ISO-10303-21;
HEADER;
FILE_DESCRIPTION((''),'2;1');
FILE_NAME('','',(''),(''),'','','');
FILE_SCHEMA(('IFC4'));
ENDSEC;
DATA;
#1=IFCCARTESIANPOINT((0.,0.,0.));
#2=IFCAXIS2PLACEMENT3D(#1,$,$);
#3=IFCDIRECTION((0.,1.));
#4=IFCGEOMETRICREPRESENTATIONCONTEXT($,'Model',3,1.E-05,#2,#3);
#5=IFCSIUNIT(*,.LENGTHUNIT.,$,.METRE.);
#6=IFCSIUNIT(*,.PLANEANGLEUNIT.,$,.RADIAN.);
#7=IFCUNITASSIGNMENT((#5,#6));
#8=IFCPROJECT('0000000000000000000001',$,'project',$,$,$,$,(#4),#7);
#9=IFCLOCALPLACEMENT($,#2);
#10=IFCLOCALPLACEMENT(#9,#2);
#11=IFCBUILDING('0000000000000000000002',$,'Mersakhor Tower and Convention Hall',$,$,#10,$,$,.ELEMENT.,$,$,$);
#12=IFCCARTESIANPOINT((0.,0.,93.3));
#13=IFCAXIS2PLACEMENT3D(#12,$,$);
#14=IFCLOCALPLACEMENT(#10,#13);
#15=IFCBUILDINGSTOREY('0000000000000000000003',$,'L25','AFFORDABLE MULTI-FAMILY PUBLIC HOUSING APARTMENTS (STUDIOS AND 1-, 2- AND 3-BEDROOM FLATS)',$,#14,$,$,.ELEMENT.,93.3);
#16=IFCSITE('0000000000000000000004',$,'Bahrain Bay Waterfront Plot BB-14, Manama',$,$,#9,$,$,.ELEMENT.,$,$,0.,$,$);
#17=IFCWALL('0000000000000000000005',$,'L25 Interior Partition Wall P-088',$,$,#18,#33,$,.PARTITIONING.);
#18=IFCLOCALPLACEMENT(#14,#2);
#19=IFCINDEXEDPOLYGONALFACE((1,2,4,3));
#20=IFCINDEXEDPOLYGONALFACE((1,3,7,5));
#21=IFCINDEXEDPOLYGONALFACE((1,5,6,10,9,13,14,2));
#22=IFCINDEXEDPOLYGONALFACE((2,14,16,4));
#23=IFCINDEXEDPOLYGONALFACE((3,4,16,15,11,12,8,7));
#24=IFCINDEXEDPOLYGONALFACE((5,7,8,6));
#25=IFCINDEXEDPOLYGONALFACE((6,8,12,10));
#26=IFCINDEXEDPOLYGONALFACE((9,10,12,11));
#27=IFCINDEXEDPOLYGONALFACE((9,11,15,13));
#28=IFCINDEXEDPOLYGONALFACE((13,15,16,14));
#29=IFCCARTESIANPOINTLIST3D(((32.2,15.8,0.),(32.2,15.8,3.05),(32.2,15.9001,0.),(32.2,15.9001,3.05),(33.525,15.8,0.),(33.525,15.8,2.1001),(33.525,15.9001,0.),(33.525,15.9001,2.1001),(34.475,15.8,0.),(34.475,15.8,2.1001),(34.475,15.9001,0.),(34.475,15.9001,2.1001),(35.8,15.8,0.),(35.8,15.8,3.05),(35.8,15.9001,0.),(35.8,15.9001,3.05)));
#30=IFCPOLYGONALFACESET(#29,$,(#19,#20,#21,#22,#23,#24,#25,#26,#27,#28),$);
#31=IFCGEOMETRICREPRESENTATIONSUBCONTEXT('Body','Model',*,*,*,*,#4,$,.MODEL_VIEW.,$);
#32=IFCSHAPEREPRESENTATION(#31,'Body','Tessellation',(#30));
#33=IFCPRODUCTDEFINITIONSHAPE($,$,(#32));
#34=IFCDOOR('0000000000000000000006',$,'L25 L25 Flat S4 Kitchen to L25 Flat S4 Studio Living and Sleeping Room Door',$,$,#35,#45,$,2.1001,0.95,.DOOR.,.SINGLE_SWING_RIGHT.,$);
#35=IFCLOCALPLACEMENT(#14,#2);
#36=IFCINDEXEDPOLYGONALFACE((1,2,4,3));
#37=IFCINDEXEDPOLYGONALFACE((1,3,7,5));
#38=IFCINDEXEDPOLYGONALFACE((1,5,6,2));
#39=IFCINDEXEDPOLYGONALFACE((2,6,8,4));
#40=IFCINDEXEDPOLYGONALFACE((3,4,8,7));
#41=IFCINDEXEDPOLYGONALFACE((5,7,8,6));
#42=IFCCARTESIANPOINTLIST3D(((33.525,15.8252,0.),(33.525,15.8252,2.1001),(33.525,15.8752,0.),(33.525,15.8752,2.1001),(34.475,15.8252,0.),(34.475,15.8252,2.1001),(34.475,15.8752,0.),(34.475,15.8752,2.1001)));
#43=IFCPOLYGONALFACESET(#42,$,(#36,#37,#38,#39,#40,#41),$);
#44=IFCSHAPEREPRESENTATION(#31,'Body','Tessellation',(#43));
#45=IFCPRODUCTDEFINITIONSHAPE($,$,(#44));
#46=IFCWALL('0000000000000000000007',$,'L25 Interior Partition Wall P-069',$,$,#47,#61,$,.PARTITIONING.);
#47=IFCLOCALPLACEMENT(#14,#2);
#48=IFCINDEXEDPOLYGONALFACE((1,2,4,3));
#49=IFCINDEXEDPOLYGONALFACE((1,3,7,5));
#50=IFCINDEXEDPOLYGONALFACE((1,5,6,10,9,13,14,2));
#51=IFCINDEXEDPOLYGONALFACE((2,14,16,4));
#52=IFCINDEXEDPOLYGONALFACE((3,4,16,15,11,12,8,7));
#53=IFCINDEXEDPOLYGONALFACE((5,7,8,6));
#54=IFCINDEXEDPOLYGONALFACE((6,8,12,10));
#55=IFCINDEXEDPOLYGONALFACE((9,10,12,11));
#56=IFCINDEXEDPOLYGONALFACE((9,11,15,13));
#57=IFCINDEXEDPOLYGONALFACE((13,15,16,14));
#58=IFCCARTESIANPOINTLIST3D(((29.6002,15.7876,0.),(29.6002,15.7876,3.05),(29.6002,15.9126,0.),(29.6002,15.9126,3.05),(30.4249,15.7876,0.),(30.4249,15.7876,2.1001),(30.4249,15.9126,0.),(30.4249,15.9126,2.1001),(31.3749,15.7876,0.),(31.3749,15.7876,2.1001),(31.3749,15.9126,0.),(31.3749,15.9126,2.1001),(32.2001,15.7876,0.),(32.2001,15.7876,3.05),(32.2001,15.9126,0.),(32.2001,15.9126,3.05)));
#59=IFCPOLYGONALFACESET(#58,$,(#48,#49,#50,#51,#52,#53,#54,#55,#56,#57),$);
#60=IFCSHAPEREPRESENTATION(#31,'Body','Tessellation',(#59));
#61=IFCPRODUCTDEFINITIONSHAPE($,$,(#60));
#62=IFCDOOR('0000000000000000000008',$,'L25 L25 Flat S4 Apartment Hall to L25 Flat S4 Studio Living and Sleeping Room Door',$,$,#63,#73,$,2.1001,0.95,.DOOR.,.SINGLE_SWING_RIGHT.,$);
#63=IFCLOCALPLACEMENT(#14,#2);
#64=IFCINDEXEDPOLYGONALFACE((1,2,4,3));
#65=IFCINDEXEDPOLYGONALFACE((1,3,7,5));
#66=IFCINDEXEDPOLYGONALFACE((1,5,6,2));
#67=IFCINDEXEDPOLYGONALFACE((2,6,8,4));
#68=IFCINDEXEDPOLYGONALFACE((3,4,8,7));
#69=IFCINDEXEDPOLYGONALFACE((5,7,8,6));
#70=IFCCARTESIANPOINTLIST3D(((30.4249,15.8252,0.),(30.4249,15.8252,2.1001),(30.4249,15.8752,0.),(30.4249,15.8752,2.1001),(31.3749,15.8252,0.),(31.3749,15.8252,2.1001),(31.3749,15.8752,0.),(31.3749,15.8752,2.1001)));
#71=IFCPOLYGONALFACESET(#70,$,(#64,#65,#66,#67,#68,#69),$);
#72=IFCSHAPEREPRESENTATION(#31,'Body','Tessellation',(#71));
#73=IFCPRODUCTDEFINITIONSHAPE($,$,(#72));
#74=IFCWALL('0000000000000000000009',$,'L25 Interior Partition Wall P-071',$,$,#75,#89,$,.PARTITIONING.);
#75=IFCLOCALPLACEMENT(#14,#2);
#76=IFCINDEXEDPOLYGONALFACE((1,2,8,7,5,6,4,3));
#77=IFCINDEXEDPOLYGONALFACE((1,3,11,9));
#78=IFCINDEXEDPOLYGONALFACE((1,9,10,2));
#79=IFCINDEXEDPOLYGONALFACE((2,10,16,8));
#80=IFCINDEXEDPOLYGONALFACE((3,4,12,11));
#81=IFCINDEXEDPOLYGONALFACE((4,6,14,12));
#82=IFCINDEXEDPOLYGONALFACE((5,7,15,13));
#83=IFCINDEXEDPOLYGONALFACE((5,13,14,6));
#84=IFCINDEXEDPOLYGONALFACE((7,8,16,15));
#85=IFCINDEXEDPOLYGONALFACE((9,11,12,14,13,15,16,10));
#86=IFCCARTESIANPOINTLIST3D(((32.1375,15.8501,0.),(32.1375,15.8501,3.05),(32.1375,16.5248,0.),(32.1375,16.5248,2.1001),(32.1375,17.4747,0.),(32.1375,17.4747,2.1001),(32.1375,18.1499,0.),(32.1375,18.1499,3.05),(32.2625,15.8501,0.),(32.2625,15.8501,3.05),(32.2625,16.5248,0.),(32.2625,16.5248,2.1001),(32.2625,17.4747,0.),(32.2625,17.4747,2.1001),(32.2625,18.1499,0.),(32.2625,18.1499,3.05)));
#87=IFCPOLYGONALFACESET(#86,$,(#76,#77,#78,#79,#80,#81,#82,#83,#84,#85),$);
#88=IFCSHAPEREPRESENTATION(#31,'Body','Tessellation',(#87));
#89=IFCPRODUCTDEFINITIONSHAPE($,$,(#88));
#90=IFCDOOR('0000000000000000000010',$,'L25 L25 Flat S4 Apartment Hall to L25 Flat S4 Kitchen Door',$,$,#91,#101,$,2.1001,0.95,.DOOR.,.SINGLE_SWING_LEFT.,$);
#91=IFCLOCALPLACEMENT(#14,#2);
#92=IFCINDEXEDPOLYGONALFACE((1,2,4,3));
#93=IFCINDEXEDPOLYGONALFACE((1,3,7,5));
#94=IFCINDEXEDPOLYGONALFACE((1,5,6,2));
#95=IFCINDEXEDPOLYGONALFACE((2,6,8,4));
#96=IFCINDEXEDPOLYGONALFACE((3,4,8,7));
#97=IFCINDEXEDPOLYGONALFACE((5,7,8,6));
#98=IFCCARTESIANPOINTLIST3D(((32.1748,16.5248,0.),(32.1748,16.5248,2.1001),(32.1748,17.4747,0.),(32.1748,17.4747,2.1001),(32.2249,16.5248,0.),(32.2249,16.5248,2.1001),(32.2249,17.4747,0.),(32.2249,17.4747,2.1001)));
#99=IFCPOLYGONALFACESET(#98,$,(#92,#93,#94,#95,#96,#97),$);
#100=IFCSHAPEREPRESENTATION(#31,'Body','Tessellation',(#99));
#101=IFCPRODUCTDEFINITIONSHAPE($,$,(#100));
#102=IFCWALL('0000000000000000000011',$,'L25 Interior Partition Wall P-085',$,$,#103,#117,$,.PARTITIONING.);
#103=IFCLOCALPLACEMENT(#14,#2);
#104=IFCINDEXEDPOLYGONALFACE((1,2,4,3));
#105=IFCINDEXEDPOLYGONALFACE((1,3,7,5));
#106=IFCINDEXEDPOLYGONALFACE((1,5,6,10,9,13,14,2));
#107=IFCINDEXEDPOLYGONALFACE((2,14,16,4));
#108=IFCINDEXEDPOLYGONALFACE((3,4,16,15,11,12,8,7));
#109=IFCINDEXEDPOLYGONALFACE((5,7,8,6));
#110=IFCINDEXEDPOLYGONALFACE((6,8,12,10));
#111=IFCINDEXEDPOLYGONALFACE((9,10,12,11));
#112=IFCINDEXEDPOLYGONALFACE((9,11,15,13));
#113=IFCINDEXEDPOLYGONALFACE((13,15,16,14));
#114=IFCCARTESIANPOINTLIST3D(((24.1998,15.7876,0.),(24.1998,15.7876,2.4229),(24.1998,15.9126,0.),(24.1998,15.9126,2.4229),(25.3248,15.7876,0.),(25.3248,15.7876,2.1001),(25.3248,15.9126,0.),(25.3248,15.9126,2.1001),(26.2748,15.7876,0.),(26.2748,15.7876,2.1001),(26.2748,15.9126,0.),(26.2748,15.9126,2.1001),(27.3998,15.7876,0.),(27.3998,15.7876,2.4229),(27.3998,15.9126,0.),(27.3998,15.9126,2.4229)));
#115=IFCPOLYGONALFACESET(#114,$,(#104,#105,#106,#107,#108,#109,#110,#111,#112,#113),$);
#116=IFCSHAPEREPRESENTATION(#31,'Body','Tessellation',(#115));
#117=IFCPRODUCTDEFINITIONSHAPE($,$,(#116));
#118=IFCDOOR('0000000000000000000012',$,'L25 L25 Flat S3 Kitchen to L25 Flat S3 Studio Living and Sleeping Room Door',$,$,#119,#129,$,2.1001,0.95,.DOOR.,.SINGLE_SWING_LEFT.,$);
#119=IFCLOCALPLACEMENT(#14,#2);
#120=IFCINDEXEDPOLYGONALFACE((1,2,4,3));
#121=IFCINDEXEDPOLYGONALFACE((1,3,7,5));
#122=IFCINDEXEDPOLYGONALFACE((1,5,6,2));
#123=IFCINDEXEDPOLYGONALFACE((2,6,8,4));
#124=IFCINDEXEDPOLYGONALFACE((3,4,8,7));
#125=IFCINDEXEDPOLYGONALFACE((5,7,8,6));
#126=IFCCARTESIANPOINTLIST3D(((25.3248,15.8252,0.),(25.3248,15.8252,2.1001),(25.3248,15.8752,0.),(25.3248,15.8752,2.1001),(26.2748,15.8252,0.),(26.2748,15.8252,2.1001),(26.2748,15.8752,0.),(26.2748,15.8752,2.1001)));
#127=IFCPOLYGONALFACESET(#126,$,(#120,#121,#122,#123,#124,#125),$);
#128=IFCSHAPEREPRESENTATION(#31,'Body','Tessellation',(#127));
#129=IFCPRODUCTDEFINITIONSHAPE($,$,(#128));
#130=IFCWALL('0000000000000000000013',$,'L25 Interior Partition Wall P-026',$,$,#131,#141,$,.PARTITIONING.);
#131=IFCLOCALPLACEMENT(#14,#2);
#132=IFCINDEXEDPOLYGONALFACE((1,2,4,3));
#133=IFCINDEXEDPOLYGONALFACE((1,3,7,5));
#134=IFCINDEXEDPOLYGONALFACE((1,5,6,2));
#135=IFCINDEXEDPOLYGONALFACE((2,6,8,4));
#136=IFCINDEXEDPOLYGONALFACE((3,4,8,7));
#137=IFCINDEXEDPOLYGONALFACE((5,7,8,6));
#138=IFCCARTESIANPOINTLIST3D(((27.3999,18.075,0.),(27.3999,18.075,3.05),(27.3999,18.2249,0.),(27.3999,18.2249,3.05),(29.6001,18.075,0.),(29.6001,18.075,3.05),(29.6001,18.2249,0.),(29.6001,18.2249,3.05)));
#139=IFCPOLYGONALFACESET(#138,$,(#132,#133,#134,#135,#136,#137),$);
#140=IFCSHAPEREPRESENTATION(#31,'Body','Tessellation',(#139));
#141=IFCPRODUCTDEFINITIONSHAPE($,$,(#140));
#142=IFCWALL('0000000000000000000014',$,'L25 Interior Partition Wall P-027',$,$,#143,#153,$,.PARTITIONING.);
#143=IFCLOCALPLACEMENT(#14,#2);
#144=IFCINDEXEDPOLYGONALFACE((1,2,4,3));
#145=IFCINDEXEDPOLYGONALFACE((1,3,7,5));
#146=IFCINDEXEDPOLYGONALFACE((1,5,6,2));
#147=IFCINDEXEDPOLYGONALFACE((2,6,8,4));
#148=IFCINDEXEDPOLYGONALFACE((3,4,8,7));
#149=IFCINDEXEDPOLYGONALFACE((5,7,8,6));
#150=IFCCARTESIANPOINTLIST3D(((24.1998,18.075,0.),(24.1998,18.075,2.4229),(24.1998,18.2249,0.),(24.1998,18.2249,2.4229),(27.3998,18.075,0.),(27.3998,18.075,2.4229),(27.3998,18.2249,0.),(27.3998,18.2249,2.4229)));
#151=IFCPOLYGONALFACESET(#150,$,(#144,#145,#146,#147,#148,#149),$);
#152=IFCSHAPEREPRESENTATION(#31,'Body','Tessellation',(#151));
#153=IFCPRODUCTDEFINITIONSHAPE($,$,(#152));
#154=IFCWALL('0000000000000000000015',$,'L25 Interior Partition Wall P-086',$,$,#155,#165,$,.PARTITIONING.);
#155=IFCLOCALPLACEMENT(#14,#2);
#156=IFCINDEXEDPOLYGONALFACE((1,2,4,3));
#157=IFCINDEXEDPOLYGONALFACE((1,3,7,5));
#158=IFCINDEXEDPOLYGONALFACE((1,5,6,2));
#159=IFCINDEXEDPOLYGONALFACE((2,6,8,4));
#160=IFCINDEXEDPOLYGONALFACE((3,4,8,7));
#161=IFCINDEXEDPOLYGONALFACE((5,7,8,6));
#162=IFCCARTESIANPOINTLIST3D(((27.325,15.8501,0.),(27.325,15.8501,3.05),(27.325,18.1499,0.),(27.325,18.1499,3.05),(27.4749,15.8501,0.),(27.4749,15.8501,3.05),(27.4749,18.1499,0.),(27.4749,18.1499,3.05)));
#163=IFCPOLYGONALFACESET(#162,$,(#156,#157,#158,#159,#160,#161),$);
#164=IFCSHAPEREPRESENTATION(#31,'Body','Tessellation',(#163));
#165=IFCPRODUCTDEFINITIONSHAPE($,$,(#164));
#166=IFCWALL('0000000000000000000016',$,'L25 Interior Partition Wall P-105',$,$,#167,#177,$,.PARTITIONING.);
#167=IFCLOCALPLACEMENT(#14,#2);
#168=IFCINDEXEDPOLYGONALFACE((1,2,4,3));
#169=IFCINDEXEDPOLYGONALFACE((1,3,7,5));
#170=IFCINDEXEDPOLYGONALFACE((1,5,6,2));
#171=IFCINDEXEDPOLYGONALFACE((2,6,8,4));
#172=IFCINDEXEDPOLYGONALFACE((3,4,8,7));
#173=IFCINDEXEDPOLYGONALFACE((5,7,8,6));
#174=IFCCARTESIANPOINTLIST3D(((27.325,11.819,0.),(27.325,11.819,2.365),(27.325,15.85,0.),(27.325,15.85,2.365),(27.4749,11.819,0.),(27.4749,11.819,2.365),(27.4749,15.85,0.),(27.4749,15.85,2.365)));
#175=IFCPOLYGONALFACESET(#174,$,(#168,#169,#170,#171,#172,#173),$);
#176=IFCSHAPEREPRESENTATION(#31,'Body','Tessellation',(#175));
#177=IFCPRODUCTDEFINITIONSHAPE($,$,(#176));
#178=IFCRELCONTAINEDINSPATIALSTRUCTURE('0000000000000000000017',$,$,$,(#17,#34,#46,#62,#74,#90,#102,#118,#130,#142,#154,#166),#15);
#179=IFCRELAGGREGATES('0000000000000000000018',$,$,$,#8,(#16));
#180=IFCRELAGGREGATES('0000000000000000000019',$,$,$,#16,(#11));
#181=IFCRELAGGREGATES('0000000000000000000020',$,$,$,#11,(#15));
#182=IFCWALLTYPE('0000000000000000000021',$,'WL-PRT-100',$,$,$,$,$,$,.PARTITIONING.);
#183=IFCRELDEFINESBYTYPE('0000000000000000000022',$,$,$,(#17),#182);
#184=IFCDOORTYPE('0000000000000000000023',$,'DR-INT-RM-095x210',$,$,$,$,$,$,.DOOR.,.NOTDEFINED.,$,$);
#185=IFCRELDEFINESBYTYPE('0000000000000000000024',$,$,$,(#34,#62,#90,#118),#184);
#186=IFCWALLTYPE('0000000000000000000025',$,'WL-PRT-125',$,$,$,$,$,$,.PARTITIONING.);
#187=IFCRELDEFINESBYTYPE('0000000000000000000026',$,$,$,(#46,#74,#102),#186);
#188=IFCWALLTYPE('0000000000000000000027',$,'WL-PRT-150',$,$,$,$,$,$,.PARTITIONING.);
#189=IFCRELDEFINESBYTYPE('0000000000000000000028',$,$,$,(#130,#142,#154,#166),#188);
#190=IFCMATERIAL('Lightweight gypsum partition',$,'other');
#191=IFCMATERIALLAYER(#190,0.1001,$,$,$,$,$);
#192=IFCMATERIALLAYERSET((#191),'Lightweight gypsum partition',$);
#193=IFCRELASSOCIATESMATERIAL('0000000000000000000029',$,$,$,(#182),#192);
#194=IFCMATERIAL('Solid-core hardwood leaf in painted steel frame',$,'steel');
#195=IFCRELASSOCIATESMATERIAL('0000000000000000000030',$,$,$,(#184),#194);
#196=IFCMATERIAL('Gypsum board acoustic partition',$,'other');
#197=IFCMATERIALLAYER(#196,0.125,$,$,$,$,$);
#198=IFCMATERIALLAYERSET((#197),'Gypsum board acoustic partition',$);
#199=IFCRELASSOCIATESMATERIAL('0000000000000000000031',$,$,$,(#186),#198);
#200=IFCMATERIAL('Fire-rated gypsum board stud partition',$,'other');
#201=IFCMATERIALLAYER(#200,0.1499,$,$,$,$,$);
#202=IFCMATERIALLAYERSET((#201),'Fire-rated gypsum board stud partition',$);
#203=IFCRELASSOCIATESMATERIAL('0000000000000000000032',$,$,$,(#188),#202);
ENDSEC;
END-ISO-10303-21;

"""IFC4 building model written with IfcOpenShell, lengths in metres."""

from ifc_helpers import new_model, si_unit, direction, frame, frame_2d, origin, place, context, subcontext, project, spatial, rectangle, extrude, material, layer, layer_set, type_object, element, fill, save


model = new_model("IFC4")

# Units and contexts
model_context = context("Model", 3, precision=1e-05, world=origin(), true_north=direction((0.0, 1.0)))
body_context = subcontext(model_context, "Body", "Model", "MODEL_VIEW")
ifc_project = project(units=[si_unit("LENGTHUNIT", "METRE"), si_unit("PLANEANGLEUNIT", "RADIAN")], contexts=[model_context])

# Site, building, storey
site_placement = place(None, origin())
site = spatial("IfcSite", under=ifc_project, at=site_placement, Name="Bahrain Bay Waterfront Plot BB-14, Manama", CompositionType="ELEMENT", RefElevation=0.0)
building_placement = place(site_placement, origin())
building = spatial("IfcBuilding", under=site, at=building_placement, Name="Mersakhor Tower and Convention Hall", CompositionType="ELEMENT")
storey_placement = place(building_placement, frame((0.0, 0.0, 93.3)))
storey = spatial("IfcBuildingStorey", under=building, at=storey_placement, Name="L25", Description="AFFORDABLE MULTI-FAMILY PUBLIC HOUSING APARTMENTS (STUDIOS AND 1-, 2- AND 3-BEDROOM FLATS)", CompositionType="ELEMENT", Elevation=93.3)

# Walls, openings, doors
ifc_material_1 = material(Name="Lightweight gypsum partition", Category="other")
ifc_layer_1 = layer(ifc_material_1, 0.1001)
ifc_layer_set_1 = layer_set([ifc_layer_1], Name="Lightweight gypsum partition")
wall_type_1 = type_object("IfcWallType", Name="WL-PRT-100", PredefinedType="PARTITIONING", material=ifc_layer_set_1)
wall_1_placement = place(storey_placement, frame((35.8, 15.8501, 0.0), z_axis=(0.0, 0.0, 1.0), x_axis=(-1.0, 0.0, 0.0)))
wall_1 = element("IfcWall", 1, at=wall_1_placement, inside=storey, type_object=wall_type_1, Name="L25 Interior Partition Wall P-088", PredefinedType="PARTITIONING", context=body_context, shape_type="SweptSolid", body=[
    extrude(rectangle(XDim=3.6001, YDim=0.1001, at=frame_2d((1.8, 0.0))), origin(), (0.0, 0.0, 1.0), 3.05),
])
opening_1_placement = place(wall_1_placement, frame((1.325, 0.0, 0.0)))
opening_1 = element("IfcOpeningElement", 2, at=opening_1_placement, cuts=wall_1, PredefinedType="OPENING", context=body_context, shape_type="SweptSolid", body=[
    extrude(rectangle(XDim=0.95, YDim=2.1001, at=frame_2d((0.4751, 1.05))), frame((0.0, 0.0601, 0.0), z_axis=(0.0, -1.0, 0.0), x_axis=(1.0, 0.0, 0.0)), (0.0, 0.0, 1.0), 0.1201),
])
ifc_material_2 = material(Name="Solid-core hardwood leaf in painted steel frame", Category="steel")
door_type_1 = type_object("IfcDoorType", Name="DR-INT-RM-095x210", OperationType="NOTDEFINED", PredefinedType="DOOR", material=ifc_material_2)
door_1_placement = place(opening_1_placement, origin())
door_1 = element("IfcDoor", 3, at=door_1_placement, inside=storey, type_object=door_type_1, Name="L25 L25 Flat S4 Kitchen to L25 Flat S4 Studio Living and Sleeping Room Door", OperationType="SINGLE_SWING_RIGHT", OverallHeight=2.1001, OverallWidth=0.95, PredefinedType="DOOR", context=body_context, shape_type="SweptSolid", body=[
    extrude(rectangle(XDim=0.95, YDim=2.1001, at=frame_2d((0.4751, 1.05))), frame((0.0, 0.0249, 0.0), z_axis=(0.0, -1.0, 0.0), x_axis=(1.0, 0.0, 0.0)), (0.0, 0.0, 1.0), 0.05),
])
fill(opening_1, door_1)
ifc_material_3 = material(Name="Gypsum board acoustic partition", Category="other")
ifc_layer_2 = layer(ifc_material_3, 0.125)
ifc_layer_set_2 = layer_set([ifc_layer_2], Name="Gypsum board acoustic partition")
wall_type_2 = type_object("IfcWallType", Name="WL-PRT-125", PredefinedType="PARTITIONING", material=ifc_layer_set_2)
wall_2_placement = place(storey_placement, frame((32.2, 15.8501, 0.0), z_axis=(0.0, 0.0, 1.0), x_axis=(-1.0, 0.0, 0.0)))
wall_2 = element("IfcWall", 4, at=wall_2_placement, inside=storey, type_object=wall_type_2, Name="L25 Interior Partition Wall P-069", PredefinedType="PARTITIONING", context=body_context, shape_type="SweptSolid", body=[
    extrude(rectangle(XDim=2.5999, YDim=0.125, at=frame_2d((1.2998, 0.0))), origin(), (0.0, 0.0, 1.0), 3.05),
])
opening_2_placement = place(wall_2_placement, frame((0.825, 0.0, 0.0)))
opening_2 = element("IfcOpeningElement", 5, at=opening_2_placement, cuts=wall_2, PredefinedType="OPENING", context=body_context, shape_type="SweptSolid", body=[
    extrude(rectangle(XDim=0.95, YDim=2.1001, at=frame_2d((0.4751, 1.05))), frame((0.0, 0.0725, 0.0), z_axis=(0.0, -1.0, 0.0), x_axis=(1.0, 0.0, 0.0)), (0.0, 0.0, 1.0), 0.145),
])
door_2_placement = place(opening_2_placement, origin())
door_2 = element("IfcDoor", 6, at=door_2_placement, inside=storey, type_object=door_type_1, Name="L25 L25 Flat S4 Apartment Hall to L25 Flat S4 Studio Living and Sleeping Room Door", OperationType="SINGLE_SWING_RIGHT", OverallHeight=2.1001, OverallWidth=0.95, PredefinedType="DOOR", context=body_context, shape_type="SweptSolid", body=[
    extrude(rectangle(XDim=0.95, YDim=2.1001, at=frame_2d((0.4751, 1.05))), frame((0.0, 0.0249, 0.0), z_axis=(0.0, -1.0, 0.0), x_axis=(1.0, 0.0, 0.0)), (0.0, 0.0, 1.0), 0.05),
])
fill(opening_2, door_2)
wall_3_placement = place(storey_placement, frame((32.2, 18.1499, 0.0), z_axis=(0.0, 0.0, 1.0), x_axis=(0.0, -1.0, 0.0)))
wall_3 = element("IfcWall", 7, at=wall_3_placement, inside=storey, type_object=wall_type_2, Name="L25 Interior Partition Wall P-071", PredefinedType="PARTITIONING", context=body_context, shape_type="SweptSolid", body=[
    extrude(rectangle(XDim=2.2998, YDim=0.125, at=frame_2d((1.1499, 0.0))), origin(), (0.0, 0.0, 1.0), 3.05),
])
opening_3_placement = place(wall_3_placement, frame((0.675, 0.0, 0.0)))
opening_3 = element("IfcOpeningElement", 8, at=opening_3_placement, cuts=wall_3, PredefinedType="OPENING", context=body_context, shape_type="SweptSolid", body=[
    extrude(rectangle(XDim=0.95, YDim=2.1001, at=frame_2d((0.4751, 1.05))), frame((0.0, 0.0725, 0.0), z_axis=(0.0, -1.0, 0.0), x_axis=(1.0, 0.0, 0.0)), (0.0, 0.0, 1.0), 0.145),
])
door_3_placement = place(opening_3_placement, origin())
door_3 = element("IfcDoor", 9, at=door_3_placement, inside=storey, type_object=door_type_1, Name="L25 L25 Flat S4 Apartment Hall to L25 Flat S4 Kitchen Door", OperationType="SINGLE_SWING_LEFT", OverallHeight=2.1001, OverallWidth=0.95, PredefinedType="DOOR", context=body_context, shape_type="SweptSolid", body=[
    extrude(rectangle(XDim=0.95, YDim=2.1001, at=frame_2d((0.4751, 1.05))), frame((0.0, 0.0249, 0.0), z_axis=(0.0, -1.0, 0.0), x_axis=(1.0, 0.0, 0.0)), (0.0, 0.0, 1.0), 0.05),
])
fill(opening_3, door_3)
wall_4_placement = place(storey_placement, frame((27.3999, 15.8501, 0.0), z_axis=(0.0, 0.0, 1.0), x_axis=(-1.0, 0.0, 0.0)))
wall_4 = element("IfcWall", 10, at=wall_4_placement, inside=storey, type_object=wall_type_2, Name="L25 Interior Partition Wall P-085", PredefinedType="PARTITIONING", context=body_context, shape_type="SweptSolid", body=[
    extrude(rectangle(XDim=3.2, YDim=0.125, at=frame_2d((1.6001, 0.0))), origin(), (0.0, 0.0, 1.0), 2.4229),
])
opening_4_placement = place(wall_4_placement, frame((1.125, 0.0, 0.0)))
opening_4 = element("IfcOpeningElement", 11, at=opening_4_placement, cuts=wall_4, PredefinedType="OPENING", context=body_context, shape_type="SweptSolid", body=[
    extrude(rectangle(XDim=0.95, YDim=2.1001, at=frame_2d((0.4751, 1.05))), frame((0.0, 0.0725, 0.0), z_axis=(0.0, -1.0, 0.0), x_axis=(1.0, 0.0, 0.0)), (0.0, 0.0, 1.0), 0.145),
])
door_4_placement = place(opening_4_placement, origin())
door_4 = element("IfcDoor", 12, at=door_4_placement, inside=storey, type_object=door_type_1, Name="L25 L25 Flat S3 Kitchen to L25 Flat S3 Studio Living and Sleeping Room Door", OperationType="SINGLE_SWING_LEFT", OverallHeight=2.1001, OverallWidth=0.95, PredefinedType="DOOR", context=body_context, shape_type="SweptSolid", body=[
    extrude(rectangle(XDim=0.95, YDim=2.1001, at=frame_2d((0.4751, 1.05))), frame((0.0, 0.0249, 0.0), z_axis=(0.0, -1.0, 0.0), x_axis=(1.0, 0.0, 0.0)), (0.0, 0.0, 1.0), 0.05),
])
fill(opening_4, door_4)
ifc_material_4 = material(Name="Fire-rated gypsum board stud partition", Category="other")
ifc_layer_3 = layer(ifc_material_4, 0.1499)
ifc_layer_set_3 = layer_set([ifc_layer_3], Name="Fire-rated gypsum board stud partition")
wall_type_3 = type_object("IfcWallType", Name="WL-PRT-150", PredefinedType="PARTITIONING", material=ifc_layer_set_3)

# Walls
wall_5_placement = place(storey_placement, frame((29.6001, 18.1499, 0.0), z_axis=(0.0, 0.0, 1.0), x_axis=(-1.0, 0.0, 0.0)))
element("IfcWall", 13, at=wall_5_placement, inside=storey, type_object=wall_type_3, Name="L25 Interior Partition Wall P-026", PredefinedType="PARTITIONING", context=body_context, shape_type="SweptSolid", body=[
    extrude(rectangle(XDim=2.2002, YDim=0.1499, at=frame_2d((1.1001, 0.0))), origin(), (0.0, 0.0, 1.0), 3.05),
])
wall_6_placement = place(storey_placement, frame((27.3999, 18.1499, 0.0), z_axis=(0.0, 0.0, 1.0), x_axis=(-1.0, 0.0, 0.0)))
element("IfcWall", 14, at=wall_6_placement, inside=storey, type_object=wall_type_3, Name="L25 Interior Partition Wall P-027", PredefinedType="PARTITIONING", context=body_context, shape_type="SweptSolid", body=[
    extrude(rectangle(XDim=3.2, YDim=0.1499, at=frame_2d((1.6001, 0.0))), origin(), (0.0, 0.0, 1.0), 2.4229),
])
wall_7_placement = place(storey_placement, frame((27.3999, 18.1499, 0.0), z_axis=(0.0, 0.0, 1.0), x_axis=(0.0, -1.0, 0.0)))
element("IfcWall", 15, at=wall_7_placement, inside=storey, type_object=wall_type_3, Name="L25 Interior Partition Wall P-086", PredefinedType="PARTITIONING", context=body_context, shape_type="SweptSolid", body=[
    extrude(rectangle(XDim=2.2998, YDim=0.1499, at=frame_2d((1.1499, 0.0))), origin(), (0.0, 0.0, 1.0), 3.05),
])
wall_8_placement = place(storey_placement, frame((27.3999, 15.8501, 0.0), z_axis=(0.0, 0.0, 1.0), x_axis=(0.0, -1.0, 0.0)))
element("IfcWall", 16, at=wall_8_placement, inside=storey, type_object=wall_type_3, Name="L25 Interior Partition Wall P-105", PredefinedType="PARTITIONING", context=body_context, shape_type="SweptSolid", body=[
    extrude(rectangle(XDim=4.031, YDim=0.1499, at=frame_2d((2.0156, 0.0))), origin(), (0.0, 0.0, 1.0), 2.365),
])

save(model, "model.ifc")
